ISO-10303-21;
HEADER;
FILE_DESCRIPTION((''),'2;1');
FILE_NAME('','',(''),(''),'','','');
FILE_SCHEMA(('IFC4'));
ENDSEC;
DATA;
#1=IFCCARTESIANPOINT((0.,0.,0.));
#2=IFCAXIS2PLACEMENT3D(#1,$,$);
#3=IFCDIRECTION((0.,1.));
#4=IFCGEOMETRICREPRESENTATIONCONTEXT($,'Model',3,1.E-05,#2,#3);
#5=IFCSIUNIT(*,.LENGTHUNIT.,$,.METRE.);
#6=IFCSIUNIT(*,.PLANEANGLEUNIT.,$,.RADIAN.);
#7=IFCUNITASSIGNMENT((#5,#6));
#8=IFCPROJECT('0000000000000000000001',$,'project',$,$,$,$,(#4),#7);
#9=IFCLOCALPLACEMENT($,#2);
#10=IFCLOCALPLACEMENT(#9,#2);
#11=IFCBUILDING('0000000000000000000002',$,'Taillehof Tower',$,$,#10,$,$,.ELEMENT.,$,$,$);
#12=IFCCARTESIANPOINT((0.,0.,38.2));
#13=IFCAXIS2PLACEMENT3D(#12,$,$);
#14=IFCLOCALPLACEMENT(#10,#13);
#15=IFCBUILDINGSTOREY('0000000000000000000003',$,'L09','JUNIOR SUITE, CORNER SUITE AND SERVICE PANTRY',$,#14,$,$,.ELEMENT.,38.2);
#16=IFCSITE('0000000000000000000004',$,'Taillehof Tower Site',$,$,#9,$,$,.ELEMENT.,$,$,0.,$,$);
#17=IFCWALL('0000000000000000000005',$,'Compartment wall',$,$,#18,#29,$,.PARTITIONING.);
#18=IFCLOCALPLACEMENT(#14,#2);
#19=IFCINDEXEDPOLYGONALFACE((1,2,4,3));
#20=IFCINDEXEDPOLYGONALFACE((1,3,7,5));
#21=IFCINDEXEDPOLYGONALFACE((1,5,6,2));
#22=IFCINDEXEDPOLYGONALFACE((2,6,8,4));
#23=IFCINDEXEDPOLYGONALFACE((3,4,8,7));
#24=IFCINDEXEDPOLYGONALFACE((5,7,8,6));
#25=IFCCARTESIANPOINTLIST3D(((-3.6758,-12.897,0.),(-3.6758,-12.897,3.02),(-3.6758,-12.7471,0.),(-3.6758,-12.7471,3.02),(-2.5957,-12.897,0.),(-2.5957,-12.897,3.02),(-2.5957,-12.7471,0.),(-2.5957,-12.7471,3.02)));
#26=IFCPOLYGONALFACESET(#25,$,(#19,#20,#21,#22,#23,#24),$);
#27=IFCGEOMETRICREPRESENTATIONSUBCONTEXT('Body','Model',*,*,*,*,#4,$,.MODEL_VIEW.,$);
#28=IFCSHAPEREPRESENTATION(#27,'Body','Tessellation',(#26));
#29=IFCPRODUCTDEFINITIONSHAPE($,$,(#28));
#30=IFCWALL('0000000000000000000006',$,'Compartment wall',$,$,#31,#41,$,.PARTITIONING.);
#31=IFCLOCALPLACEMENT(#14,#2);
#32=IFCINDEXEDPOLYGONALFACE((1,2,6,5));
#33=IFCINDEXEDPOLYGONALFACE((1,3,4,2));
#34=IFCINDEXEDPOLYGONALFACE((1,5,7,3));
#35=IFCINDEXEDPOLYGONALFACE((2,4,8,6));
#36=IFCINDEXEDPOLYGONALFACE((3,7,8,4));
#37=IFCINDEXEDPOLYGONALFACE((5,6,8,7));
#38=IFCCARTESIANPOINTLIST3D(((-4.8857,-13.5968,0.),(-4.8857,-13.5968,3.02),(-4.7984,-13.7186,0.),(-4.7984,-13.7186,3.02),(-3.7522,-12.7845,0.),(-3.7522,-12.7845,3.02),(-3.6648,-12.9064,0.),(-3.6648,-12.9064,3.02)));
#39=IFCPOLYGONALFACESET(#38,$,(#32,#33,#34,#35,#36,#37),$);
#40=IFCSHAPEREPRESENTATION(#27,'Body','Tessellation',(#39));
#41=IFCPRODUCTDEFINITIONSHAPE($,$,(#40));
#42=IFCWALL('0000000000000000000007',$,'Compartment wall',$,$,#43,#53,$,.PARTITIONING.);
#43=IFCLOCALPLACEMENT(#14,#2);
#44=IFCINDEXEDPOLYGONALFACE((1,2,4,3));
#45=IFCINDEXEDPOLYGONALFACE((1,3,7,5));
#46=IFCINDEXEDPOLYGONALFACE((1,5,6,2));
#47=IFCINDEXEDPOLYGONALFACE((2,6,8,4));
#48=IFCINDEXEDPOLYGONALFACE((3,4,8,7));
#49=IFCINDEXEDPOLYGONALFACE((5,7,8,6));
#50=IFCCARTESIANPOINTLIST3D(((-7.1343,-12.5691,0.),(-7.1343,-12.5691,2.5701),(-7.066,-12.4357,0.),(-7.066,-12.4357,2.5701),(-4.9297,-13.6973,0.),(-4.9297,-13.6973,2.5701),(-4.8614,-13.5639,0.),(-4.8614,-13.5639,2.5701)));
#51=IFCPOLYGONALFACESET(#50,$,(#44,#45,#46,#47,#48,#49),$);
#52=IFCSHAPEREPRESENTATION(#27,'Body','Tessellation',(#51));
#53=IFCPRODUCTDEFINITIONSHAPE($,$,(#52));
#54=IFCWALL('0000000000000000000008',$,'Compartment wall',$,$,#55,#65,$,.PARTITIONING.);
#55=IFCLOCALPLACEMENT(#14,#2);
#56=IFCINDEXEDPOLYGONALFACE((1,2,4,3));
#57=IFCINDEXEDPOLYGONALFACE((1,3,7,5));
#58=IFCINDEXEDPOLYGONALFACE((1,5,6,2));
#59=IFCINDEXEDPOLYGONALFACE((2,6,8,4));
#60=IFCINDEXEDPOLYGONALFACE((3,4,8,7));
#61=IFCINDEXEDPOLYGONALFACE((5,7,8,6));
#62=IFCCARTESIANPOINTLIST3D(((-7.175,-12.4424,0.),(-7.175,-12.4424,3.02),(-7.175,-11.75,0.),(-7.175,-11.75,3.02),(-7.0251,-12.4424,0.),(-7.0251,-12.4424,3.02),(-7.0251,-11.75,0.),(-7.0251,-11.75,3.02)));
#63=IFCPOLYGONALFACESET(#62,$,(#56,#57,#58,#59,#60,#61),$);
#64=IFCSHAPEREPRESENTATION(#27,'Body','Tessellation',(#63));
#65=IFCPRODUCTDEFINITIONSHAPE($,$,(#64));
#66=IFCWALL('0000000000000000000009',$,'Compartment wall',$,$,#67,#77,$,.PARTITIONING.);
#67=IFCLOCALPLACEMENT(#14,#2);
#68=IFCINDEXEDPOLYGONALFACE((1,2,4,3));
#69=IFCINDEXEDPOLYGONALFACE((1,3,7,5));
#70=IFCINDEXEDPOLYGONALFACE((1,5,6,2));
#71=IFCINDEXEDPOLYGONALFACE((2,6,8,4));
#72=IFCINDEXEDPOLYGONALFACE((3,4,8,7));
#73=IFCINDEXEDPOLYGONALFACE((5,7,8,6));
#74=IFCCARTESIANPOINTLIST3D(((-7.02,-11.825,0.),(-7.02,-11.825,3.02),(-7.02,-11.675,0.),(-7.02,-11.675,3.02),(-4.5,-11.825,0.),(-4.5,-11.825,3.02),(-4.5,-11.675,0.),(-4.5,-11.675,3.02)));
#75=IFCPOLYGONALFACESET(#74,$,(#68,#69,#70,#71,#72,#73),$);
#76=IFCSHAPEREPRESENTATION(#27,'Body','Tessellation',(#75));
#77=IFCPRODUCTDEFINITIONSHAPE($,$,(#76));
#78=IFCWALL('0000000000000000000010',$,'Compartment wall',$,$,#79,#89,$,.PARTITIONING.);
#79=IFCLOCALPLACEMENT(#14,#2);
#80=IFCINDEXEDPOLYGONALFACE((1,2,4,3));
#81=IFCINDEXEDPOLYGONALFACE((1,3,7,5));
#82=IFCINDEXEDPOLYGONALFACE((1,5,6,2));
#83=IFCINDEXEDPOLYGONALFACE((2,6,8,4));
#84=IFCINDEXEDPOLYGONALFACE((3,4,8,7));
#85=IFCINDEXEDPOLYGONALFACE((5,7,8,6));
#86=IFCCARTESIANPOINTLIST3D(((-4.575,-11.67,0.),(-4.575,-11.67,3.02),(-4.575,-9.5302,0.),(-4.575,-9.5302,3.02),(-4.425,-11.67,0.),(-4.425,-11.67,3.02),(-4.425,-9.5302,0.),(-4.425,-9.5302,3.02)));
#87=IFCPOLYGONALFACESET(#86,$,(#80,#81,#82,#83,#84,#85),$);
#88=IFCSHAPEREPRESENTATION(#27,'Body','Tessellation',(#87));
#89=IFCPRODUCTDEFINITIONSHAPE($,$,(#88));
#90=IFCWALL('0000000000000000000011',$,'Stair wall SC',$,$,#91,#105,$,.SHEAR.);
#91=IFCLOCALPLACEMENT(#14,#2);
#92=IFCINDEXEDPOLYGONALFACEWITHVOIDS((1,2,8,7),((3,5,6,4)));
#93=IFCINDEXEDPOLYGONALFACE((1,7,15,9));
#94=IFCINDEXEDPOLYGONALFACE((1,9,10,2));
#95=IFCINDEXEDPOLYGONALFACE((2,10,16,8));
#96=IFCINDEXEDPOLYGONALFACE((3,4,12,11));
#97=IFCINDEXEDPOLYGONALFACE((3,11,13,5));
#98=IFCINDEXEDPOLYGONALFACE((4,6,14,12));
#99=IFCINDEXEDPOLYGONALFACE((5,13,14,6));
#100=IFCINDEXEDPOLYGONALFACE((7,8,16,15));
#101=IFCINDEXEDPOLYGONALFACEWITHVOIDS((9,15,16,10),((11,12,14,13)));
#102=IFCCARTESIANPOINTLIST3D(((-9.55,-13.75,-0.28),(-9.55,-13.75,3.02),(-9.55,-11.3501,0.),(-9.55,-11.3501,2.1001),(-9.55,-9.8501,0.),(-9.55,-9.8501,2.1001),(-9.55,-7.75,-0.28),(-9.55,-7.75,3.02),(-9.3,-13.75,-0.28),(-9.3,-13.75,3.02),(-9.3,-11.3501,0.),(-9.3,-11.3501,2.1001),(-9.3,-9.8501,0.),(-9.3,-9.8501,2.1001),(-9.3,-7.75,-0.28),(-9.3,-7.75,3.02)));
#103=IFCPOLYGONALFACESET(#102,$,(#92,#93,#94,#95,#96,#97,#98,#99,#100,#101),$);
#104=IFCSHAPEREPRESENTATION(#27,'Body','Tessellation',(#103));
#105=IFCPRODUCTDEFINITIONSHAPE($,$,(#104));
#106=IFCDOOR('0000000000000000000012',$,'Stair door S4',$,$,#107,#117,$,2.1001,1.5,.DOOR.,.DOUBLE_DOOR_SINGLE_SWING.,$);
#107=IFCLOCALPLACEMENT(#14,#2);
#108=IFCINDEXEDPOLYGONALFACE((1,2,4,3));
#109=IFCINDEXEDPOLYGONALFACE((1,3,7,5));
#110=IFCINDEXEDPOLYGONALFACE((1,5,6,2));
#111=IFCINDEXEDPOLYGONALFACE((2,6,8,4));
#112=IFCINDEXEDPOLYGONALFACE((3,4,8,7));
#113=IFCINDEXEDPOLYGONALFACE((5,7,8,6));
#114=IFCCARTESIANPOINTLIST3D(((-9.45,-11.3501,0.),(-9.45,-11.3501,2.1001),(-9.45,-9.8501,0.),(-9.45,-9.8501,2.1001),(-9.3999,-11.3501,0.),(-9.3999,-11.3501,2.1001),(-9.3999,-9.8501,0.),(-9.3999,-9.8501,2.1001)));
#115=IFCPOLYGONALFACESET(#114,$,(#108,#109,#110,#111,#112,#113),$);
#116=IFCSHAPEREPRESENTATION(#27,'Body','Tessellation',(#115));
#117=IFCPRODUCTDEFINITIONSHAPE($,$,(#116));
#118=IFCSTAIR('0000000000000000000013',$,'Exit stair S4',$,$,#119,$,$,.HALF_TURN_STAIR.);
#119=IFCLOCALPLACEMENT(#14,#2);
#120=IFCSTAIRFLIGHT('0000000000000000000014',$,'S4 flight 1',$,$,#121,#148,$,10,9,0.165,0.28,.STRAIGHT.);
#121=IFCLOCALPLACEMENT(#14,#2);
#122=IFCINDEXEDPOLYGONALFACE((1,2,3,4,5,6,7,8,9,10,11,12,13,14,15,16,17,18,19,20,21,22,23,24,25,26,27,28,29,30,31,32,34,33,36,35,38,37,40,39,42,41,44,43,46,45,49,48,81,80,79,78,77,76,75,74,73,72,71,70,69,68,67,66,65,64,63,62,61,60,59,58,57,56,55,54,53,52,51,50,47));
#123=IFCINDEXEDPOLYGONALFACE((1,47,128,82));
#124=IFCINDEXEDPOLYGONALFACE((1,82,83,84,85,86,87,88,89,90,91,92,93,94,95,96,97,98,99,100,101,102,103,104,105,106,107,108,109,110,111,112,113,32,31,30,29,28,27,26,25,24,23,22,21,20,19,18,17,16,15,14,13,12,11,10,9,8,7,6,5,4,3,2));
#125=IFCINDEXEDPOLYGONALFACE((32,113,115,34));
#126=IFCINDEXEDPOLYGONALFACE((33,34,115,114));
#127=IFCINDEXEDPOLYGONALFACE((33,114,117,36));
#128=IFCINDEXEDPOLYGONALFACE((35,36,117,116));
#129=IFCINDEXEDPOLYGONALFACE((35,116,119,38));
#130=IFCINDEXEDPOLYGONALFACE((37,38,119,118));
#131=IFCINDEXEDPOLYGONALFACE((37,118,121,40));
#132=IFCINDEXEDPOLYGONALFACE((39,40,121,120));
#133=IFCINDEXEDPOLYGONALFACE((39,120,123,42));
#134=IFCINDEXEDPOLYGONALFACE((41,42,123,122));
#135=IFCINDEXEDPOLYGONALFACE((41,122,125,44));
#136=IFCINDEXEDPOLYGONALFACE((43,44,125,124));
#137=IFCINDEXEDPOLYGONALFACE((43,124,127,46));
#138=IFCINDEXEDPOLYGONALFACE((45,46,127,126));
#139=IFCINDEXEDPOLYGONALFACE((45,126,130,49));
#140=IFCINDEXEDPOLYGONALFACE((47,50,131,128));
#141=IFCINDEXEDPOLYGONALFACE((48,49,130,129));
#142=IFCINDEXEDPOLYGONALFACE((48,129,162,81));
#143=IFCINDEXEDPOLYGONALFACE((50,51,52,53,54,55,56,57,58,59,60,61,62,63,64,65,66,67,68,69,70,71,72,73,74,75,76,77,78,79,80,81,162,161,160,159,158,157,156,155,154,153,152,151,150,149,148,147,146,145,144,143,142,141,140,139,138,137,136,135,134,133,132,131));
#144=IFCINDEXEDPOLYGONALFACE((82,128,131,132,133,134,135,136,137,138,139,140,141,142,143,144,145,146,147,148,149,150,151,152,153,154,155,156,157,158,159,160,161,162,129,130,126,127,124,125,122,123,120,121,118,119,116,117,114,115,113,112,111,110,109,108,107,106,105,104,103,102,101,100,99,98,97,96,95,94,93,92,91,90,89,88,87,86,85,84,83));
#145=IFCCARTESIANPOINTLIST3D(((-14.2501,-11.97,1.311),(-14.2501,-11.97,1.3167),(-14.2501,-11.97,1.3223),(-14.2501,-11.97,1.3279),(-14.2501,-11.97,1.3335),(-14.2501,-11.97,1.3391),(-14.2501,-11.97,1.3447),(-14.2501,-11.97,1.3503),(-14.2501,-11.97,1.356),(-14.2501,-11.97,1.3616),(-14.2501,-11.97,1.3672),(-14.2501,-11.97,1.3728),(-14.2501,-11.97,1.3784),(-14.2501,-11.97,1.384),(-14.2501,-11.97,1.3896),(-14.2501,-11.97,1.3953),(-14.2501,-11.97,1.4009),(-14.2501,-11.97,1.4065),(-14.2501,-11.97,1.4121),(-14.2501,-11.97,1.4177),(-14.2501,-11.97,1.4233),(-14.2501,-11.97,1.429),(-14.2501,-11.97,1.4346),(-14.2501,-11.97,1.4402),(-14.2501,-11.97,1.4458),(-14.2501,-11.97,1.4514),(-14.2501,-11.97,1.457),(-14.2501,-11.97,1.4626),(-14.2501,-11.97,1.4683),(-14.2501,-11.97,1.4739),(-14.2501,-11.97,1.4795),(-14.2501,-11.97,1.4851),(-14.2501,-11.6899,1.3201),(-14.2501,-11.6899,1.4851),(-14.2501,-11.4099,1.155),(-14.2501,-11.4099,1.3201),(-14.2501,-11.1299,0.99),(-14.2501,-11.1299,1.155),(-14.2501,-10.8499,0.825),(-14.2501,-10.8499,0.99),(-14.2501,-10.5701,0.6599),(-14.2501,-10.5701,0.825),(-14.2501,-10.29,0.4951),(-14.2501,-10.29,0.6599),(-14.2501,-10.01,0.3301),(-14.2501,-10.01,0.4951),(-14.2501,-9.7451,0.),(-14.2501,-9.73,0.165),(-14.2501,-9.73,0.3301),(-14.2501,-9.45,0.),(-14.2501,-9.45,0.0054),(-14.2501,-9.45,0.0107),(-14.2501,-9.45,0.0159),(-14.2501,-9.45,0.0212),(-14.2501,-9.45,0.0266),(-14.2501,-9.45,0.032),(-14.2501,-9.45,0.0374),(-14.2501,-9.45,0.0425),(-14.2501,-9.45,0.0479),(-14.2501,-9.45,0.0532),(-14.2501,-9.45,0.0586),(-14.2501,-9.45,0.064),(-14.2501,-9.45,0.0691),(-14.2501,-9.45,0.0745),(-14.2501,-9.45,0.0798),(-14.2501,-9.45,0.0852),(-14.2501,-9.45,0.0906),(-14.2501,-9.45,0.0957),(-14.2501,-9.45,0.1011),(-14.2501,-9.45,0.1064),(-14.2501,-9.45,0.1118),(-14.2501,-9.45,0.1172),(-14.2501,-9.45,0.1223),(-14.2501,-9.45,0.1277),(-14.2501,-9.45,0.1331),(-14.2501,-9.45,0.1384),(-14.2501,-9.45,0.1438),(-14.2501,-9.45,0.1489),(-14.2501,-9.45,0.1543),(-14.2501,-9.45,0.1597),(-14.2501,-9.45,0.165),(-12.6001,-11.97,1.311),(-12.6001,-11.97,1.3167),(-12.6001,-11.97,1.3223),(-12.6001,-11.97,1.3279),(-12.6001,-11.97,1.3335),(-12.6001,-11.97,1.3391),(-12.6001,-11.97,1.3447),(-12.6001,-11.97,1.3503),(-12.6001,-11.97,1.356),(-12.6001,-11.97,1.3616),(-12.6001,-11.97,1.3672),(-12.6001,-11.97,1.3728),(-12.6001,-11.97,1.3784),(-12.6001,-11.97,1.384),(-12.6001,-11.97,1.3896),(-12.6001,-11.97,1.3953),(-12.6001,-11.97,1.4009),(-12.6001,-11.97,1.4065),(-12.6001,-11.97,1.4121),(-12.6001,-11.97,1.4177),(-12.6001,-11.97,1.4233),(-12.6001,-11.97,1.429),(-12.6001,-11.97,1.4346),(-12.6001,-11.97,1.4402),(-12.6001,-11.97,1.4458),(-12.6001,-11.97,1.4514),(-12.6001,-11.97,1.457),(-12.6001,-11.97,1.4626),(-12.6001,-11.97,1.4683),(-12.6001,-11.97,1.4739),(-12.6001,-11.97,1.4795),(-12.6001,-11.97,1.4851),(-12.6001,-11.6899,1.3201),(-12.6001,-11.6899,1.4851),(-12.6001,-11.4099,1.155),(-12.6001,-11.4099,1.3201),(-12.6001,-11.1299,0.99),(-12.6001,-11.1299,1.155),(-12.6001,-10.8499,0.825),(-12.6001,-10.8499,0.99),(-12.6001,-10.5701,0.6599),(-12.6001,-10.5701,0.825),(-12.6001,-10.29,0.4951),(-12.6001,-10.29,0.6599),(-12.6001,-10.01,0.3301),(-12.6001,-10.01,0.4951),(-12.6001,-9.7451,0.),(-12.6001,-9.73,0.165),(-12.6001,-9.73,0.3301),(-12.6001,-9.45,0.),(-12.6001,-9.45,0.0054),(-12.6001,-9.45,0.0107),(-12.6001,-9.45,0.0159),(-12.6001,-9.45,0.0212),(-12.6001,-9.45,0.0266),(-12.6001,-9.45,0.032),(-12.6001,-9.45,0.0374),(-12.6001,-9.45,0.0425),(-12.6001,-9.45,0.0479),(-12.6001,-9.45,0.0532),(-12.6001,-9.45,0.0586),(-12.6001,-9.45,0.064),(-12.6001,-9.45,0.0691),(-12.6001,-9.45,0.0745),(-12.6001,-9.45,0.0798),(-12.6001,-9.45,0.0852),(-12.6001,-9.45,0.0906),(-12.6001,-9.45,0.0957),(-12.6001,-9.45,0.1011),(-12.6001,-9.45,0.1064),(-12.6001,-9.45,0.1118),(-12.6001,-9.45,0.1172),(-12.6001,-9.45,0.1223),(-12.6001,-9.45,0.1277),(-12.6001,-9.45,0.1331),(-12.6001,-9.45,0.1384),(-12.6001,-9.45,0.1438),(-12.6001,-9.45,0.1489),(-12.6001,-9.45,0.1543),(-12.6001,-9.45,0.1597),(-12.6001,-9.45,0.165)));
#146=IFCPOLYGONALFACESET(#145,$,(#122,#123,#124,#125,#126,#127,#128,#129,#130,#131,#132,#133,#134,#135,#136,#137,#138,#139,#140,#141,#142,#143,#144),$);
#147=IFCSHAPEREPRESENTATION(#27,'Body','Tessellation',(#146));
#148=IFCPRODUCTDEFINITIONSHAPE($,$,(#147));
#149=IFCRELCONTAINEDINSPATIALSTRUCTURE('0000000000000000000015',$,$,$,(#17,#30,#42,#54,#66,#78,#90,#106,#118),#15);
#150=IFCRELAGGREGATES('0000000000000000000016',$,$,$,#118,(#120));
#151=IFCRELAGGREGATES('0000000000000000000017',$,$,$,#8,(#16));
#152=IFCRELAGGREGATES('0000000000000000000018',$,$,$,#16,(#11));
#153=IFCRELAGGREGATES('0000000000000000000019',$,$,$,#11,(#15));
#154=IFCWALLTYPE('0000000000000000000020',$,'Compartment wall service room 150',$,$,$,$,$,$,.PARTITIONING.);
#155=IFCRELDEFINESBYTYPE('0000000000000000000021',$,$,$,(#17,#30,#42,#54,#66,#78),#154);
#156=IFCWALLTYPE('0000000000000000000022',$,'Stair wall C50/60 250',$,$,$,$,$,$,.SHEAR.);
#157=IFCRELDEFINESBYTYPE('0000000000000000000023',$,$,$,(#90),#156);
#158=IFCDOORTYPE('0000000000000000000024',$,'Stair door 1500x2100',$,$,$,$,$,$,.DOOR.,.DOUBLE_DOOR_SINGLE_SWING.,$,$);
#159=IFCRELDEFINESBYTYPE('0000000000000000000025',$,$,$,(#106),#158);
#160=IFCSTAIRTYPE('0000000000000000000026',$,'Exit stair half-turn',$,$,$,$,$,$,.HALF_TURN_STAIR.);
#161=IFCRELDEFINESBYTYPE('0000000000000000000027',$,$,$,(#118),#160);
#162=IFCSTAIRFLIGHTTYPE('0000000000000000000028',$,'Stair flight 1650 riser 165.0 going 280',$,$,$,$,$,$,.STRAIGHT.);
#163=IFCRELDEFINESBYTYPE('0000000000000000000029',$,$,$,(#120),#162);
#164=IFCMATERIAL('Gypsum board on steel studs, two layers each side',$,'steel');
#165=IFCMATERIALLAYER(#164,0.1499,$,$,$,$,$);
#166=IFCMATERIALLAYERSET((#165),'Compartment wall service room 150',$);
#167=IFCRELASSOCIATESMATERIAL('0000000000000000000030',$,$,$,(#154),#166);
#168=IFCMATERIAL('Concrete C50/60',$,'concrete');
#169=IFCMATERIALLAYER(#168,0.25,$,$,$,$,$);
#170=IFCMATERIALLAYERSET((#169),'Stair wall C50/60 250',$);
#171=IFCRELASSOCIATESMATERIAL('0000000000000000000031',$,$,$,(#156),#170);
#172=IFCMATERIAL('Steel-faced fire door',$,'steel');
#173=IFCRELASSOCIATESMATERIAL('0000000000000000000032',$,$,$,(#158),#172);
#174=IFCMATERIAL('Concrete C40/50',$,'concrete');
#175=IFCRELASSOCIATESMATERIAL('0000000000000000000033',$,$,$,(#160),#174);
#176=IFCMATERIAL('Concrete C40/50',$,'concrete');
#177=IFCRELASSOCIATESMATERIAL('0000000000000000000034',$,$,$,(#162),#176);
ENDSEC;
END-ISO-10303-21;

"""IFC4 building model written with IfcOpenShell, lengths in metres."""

from ifc_helpers import new_model, si_unit, direction, frame, frame_2d, origin, place, context, subcontext, project, spatial, polyline, rectangle, outline, extrude, material, layer, layer_set, type_object, element, fill, aggregate, save


model = new_model("IFC4")

# Units and contexts
model_context = context("Model", 3, precision=1e-05, world=origin(), true_north=direction((0.0, 1.0)))
body_context = subcontext(model_context, "Body", "Model", "MODEL_VIEW")
ifc_project = project(units=[si_unit("LENGTHUNIT", "METRE"), si_unit("PLANEANGLEUNIT", "RADIAN")], contexts=[model_context])

# Site, building, storey
site_placement = place(None, origin())
site = spatial("IfcSite", under=ifc_project, at=site_placement, Name="Taillehof Tower Site", CompositionType="ELEMENT", RefElevation=0.0)
building_placement = place(site_placement, origin())
building = spatial("IfcBuilding", under=site, at=building_placement, Name="Taillehof Tower", CompositionType="ELEMENT")
storey_placement = place(building_placement, frame((0.0, 0.0, 38.2)))
storey = spatial("IfcBuildingStorey", under=building, at=storey_placement, Name="L09", Description="JUNIOR SUITE, CORNER SUITE AND SERVICE PANTRY", CompositionType="ELEMENT", Elevation=38.2)

# Shared definitions
ifc_material_1 = material(Name="Gypsum board on steel studs, two layers each side", Category="steel")
ifc_layer_1 = layer(ifc_material_1, 0.1499)
ifc_layer_set_1 = layer_set([ifc_layer_1], Name="Compartment wall service room 150")
wall_type_1 = type_object("IfcWallType", Name="Compartment wall service room 150", PredefinedType="PARTITIONING", material=ifc_layer_set_1)

# Walls
wall_1_placement = place(storey_placement, frame((-2.5957, -12.822, 0.0), z_axis=(0.0, 0.0, 1.0), x_axis=(-1.0, 0.0, 0.0)))
element("IfcWall", 1, at=wall_1_placement, inside=storey, type_object=wall_type_1, Name="Compartment wall", PredefinedType="PARTITIONING", context=body_context, shape_type="SweptSolid", body=[
    extrude(rectangle(XDim=1.0801, YDim=0.1499, at=frame_2d((0.54, 0.0))), origin(), (0.0, 0.0, 1.0), 3.02),
])
wall_2_placement = place(storey_placement, frame((-3.7085, -12.8455, 0.0), z_axis=(0.0, 0.0, 1.0), x_axis=(-0.812857, -0.582463, 0.0)))
element("IfcWall", 2, at=wall_2_placement, inside=storey, type_object=wall_type_1, Name="Compartment wall", PredefinedType="PARTITIONING", context=body_context, shape_type="SweptSolid", body=[
    extrude(rectangle(XDim=1.3945, YDim=0.1499, at=frame_2d((0.6973, 0.0))), origin(), (0.0, 0.0, 1.0), 3.02),
])
wall_3_placement = place(storey_placement, frame((-4.8955, -13.6306, 0.0), z_axis=(0.0, 0.0, 1.0), x_axis=(-0.890208, 0.455554, 0.0)))
element("IfcWall", 3, at=wall_3_placement, inside=storey, type_object=wall_type_1, Name="Compartment wall", PredefinedType="PARTITIONING", context=body_context, shape_type="SweptSolid", body=[
    extrude(rectangle(XDim=2.4766, YDim=0.1499, at=frame_2d((1.2383, 0.0))), origin(), (0.0, 0.0, 1.0), 2.5701),
])
wall_4_placement = place(storey_placement, frame((-7.1001, -12.4424, 0.0), z_axis=(0.0, 0.0, 1.0), x_axis=(0.0, 1.0, 0.0)))
element("IfcWall", 4, at=wall_4_placement, inside=storey, type_object=wall_type_1, Name="Compartment wall", PredefinedType="PARTITIONING", context=body_context, shape_type="SweptSolid", body=[
    extrude(rectangle(XDim=0.6924, YDim=0.1499, at=frame_2d((0.3462, 0.0))), origin(), (0.0, 0.0, 1.0), 3.02),
])
wall_5_placement = place(storey_placement, frame((-7.02, -11.75, 0.0), z_axis=(0.0, 0.0, 1.0), x_axis=(1.0, 0.0, 0.0)))
element("IfcWall", 5, at=wall_5_placement, inside=storey, type_object=wall_type_1, Name="Compartment wall", PredefinedType="PARTITIONING", context=body_context, shape_type="SweptSolid", body=[
    extrude(rectangle(XDim=2.52, YDim=0.1499, at=frame_2d((1.26, 0.0))), origin(), (0.0, 0.0, 1.0), 3.02),
])
wall_6_placement = place(storey_placement, frame((-4.5, -11.6699, 0.0), z_axis=(0.0, 0.0, 1.0), x_axis=(0.0, 1.0, 0.0)))
element("IfcWall", 6, at=wall_6_placement, inside=storey, type_object=wall_type_1, Name="Compartment wall", PredefinedType="PARTITIONING", context=body_context, shape_type="SweptSolid", body=[
    extrude(rectangle(XDim=2.1399, YDim=0.1499, at=frame_2d((1.0698, 0.0))), origin(), (0.0, 0.0, 1.0), 3.02),
])

# Wall, opening, door
ifc_material_2 = material(Name="Concrete C50/60", Category="concrete")
ifc_layer_2 = layer(ifc_material_2, 0.25)
ifc_layer_set_2 = layer_set([ifc_layer_2], Name="Stair wall C50/60 250")
wall_type_2 = type_object("IfcWallType", Name="Stair wall C50/60 250", PredefinedType="SHEAR", material=ifc_layer_set_2)
wall_7_placement = place(storey_placement, frame((-9.425, -13.75, -0.28), z_axis=(0.0, 0.0, 1.0), x_axis=(0.0, 1.0, 0.0)))
wall_7 = element("IfcWall", 7, at=wall_7_placement, inside=storey, type_object=wall_type_2, Name="Stair wall SC", PredefinedType="SHEAR", context=body_context, shape_type="SweptSolid", body=[
    extrude(rectangle(XDim=6.0, YDim=0.25, at=frame_2d((3.0, 0.0))), origin(), (0.0, 0.0, 1.0), 3.3),
])
opening_1_placement = place(wall_7_placement, frame((2.3999, 0.0, 0.28)))
opening_1 = element("IfcOpeningElement", 8, at=opening_1_placement, cuts=wall_7, PredefinedType="OPENING", context=body_context, shape_type="SweptSolid", body=[
    extrude(rectangle(XDim=1.5, YDim=2.1001, at=frame_2d((0.75, 1.05))), frame((0.0, 0.135, 0.0), z_axis=(0.0, -1.0, 0.0), x_axis=(1.0, 0.0, 0.0)), (0.0, 0.0, 1.0), 0.27),
])
ifc_material_3 = material(Name="Steel-faced fire door", Category="steel")
door_type_1 = type_object("IfcDoorType", Name="Stair door 1500x2100", OperationType="DOUBLE_DOOR_SINGLE_SWING", PredefinedType="DOOR", material=ifc_material_3)
door_1_placement = place(opening_1_placement, origin())
door_1 = element("IfcDoor", 9, at=door_1_placement, inside=storey, type_object=door_type_1, Name="Stair door S4", OperationType="DOUBLE_DOOR_SINGLE_SWING", OverallHeight=2.1001, OverallWidth=1.5, PredefinedType="DOOR", context=body_context, shape_type="SweptSolid", body=[
    extrude(rectangle(XDim=1.5, YDim=2.1001, at=frame_2d((0.75, 1.05))), frame((0.0, 0.0249, 0.0), z_axis=(0.0, -1.0, 0.0), x_axis=(1.0, 0.0, 0.0)), (0.0, 0.0, 1.0), 0.05),
])
fill(opening_1, door_1)

# Stair, stair flight
ifc_material_4 = material(Name="Concrete C40/50", Category="concrete")
stair_type = type_object("IfcStairType", Name="Exit stair half-turn", PredefinedType="HALF_TURN_STAIR", material=ifc_material_4)
stair_placement = place(storey_placement, origin())
stair = element("IfcStair", 10, at=stair_placement, inside=storey, type_object=stair_type, Name="Exit stair S4", PredefinedType="HALF_TURN_STAIR")
ifc_material_5 = material(Name="Concrete C40/50", Category="concrete")
stair_flight_type = type_object("IfcStairFlightType", Name="Stair flight 1650 riser 165.0 going 280", PredefinedType="STRAIGHT", material=ifc_material_5)
stair_flight_1_placement = place(storey_placement, frame((-13.425, -9.45, 0.0), z_axis=(0.0, 0.0, 1.0), x_axis=(0.0, -1.0, 0.0)))
stair_flight_1 = element("IfcStairFlight", 11, at=stair_flight_1_placement, type_object=stair_flight_type, Name="S4 flight 1", NumberOfRisers=10, NumberOfTreads=9, PredefinedType="STRAIGHT", RiserHeight=0.165, TreadLength=0.28, context=body_context, shape_type="SweptSolid", body=[
    extrude(outline(polyline([(0.0, 0.0), (0.0, 0.0054), (0.0, 0.0107), (0.0, 0.0159), (0.0, 0.0212), (0.0, 0.0266), (0.0, 0.032), (0.0, 0.0374), (0.0, 0.0425), (0.0, 0.0479), (0.0, 0.0532), (0.0, 0.0586), (0.0, 0.064), (0.0, 0.0691), (0.0, 0.0745), (0.0, 0.0798), (0.0, 0.0852), (0.0, 0.0906), (0.0, 0.0957), (0.0, 0.1011), (0.0, 0.1064), (0.0, 0.1118), (0.0, 0.1172), (0.0, 0.1223), (0.0, 0.1277), (0.0, 0.1331), (0.0, 0.1384), (0.0, 0.1438), (0.0, 0.1489), (0.0, 0.1543), (0.0, 0.1597), (0.0, 0.165), (0.28, 0.165), (0.28, 0.3301), (0.5601, 0.3301), (0.5601, 0.4951), (0.8401, 0.4951), (0.8401, 0.6599), (1.1201, 0.6599), (1.1201, 0.825), (1.3999, 0.825), (1.3999, 0.99), (1.6799, 0.99), (1.6799, 1.155), (1.96, 1.155), (1.96, 1.3201), (2.24, 1.3201), (2.24, 1.4851), (2.52, 1.4851), (2.52, 1.4795), (2.52, 1.4739), (2.52, 1.4683), (2.52, 1.4626), (2.52, 1.457), (2.52, 1.4514), (2.52, 1.4458), (2.52, 1.4402), (2.52, 1.4346), (2.52, 1.429), (2.52, 1.4233), (2.52, 1.4177), (2.52, 1.4121), (2.52, 1.4065), (2.52, 1.4009), (2.52, 1.3953), (2.52, 1.3896), (2.52, 1.384), (2.52, 1.3784), (2.52, 1.3728), (2.52, 1.3672), (2.52, 1.3616), (2.52, 1.356), (2.52, 1.3503), (2.52, 1.3447), (2.52, 1.3391), (2.52, 1.3335), (2.52, 1.3279), (2.52, 1.3223), (2.52, 1.3167), (2.52, 1.311), (0.2952, 0.0), (0.0, 0.0)])), frame((0.0, 0.825, 0.0), z_axis=(0.0, -1.0, 0.0), x_axis=(1.0, 0.0, 0.0)), (0.0, 0.0, 1.0), 1.65),
])
aggregate(stair, [stair_flight_1])

save(model, "model.ifc")
